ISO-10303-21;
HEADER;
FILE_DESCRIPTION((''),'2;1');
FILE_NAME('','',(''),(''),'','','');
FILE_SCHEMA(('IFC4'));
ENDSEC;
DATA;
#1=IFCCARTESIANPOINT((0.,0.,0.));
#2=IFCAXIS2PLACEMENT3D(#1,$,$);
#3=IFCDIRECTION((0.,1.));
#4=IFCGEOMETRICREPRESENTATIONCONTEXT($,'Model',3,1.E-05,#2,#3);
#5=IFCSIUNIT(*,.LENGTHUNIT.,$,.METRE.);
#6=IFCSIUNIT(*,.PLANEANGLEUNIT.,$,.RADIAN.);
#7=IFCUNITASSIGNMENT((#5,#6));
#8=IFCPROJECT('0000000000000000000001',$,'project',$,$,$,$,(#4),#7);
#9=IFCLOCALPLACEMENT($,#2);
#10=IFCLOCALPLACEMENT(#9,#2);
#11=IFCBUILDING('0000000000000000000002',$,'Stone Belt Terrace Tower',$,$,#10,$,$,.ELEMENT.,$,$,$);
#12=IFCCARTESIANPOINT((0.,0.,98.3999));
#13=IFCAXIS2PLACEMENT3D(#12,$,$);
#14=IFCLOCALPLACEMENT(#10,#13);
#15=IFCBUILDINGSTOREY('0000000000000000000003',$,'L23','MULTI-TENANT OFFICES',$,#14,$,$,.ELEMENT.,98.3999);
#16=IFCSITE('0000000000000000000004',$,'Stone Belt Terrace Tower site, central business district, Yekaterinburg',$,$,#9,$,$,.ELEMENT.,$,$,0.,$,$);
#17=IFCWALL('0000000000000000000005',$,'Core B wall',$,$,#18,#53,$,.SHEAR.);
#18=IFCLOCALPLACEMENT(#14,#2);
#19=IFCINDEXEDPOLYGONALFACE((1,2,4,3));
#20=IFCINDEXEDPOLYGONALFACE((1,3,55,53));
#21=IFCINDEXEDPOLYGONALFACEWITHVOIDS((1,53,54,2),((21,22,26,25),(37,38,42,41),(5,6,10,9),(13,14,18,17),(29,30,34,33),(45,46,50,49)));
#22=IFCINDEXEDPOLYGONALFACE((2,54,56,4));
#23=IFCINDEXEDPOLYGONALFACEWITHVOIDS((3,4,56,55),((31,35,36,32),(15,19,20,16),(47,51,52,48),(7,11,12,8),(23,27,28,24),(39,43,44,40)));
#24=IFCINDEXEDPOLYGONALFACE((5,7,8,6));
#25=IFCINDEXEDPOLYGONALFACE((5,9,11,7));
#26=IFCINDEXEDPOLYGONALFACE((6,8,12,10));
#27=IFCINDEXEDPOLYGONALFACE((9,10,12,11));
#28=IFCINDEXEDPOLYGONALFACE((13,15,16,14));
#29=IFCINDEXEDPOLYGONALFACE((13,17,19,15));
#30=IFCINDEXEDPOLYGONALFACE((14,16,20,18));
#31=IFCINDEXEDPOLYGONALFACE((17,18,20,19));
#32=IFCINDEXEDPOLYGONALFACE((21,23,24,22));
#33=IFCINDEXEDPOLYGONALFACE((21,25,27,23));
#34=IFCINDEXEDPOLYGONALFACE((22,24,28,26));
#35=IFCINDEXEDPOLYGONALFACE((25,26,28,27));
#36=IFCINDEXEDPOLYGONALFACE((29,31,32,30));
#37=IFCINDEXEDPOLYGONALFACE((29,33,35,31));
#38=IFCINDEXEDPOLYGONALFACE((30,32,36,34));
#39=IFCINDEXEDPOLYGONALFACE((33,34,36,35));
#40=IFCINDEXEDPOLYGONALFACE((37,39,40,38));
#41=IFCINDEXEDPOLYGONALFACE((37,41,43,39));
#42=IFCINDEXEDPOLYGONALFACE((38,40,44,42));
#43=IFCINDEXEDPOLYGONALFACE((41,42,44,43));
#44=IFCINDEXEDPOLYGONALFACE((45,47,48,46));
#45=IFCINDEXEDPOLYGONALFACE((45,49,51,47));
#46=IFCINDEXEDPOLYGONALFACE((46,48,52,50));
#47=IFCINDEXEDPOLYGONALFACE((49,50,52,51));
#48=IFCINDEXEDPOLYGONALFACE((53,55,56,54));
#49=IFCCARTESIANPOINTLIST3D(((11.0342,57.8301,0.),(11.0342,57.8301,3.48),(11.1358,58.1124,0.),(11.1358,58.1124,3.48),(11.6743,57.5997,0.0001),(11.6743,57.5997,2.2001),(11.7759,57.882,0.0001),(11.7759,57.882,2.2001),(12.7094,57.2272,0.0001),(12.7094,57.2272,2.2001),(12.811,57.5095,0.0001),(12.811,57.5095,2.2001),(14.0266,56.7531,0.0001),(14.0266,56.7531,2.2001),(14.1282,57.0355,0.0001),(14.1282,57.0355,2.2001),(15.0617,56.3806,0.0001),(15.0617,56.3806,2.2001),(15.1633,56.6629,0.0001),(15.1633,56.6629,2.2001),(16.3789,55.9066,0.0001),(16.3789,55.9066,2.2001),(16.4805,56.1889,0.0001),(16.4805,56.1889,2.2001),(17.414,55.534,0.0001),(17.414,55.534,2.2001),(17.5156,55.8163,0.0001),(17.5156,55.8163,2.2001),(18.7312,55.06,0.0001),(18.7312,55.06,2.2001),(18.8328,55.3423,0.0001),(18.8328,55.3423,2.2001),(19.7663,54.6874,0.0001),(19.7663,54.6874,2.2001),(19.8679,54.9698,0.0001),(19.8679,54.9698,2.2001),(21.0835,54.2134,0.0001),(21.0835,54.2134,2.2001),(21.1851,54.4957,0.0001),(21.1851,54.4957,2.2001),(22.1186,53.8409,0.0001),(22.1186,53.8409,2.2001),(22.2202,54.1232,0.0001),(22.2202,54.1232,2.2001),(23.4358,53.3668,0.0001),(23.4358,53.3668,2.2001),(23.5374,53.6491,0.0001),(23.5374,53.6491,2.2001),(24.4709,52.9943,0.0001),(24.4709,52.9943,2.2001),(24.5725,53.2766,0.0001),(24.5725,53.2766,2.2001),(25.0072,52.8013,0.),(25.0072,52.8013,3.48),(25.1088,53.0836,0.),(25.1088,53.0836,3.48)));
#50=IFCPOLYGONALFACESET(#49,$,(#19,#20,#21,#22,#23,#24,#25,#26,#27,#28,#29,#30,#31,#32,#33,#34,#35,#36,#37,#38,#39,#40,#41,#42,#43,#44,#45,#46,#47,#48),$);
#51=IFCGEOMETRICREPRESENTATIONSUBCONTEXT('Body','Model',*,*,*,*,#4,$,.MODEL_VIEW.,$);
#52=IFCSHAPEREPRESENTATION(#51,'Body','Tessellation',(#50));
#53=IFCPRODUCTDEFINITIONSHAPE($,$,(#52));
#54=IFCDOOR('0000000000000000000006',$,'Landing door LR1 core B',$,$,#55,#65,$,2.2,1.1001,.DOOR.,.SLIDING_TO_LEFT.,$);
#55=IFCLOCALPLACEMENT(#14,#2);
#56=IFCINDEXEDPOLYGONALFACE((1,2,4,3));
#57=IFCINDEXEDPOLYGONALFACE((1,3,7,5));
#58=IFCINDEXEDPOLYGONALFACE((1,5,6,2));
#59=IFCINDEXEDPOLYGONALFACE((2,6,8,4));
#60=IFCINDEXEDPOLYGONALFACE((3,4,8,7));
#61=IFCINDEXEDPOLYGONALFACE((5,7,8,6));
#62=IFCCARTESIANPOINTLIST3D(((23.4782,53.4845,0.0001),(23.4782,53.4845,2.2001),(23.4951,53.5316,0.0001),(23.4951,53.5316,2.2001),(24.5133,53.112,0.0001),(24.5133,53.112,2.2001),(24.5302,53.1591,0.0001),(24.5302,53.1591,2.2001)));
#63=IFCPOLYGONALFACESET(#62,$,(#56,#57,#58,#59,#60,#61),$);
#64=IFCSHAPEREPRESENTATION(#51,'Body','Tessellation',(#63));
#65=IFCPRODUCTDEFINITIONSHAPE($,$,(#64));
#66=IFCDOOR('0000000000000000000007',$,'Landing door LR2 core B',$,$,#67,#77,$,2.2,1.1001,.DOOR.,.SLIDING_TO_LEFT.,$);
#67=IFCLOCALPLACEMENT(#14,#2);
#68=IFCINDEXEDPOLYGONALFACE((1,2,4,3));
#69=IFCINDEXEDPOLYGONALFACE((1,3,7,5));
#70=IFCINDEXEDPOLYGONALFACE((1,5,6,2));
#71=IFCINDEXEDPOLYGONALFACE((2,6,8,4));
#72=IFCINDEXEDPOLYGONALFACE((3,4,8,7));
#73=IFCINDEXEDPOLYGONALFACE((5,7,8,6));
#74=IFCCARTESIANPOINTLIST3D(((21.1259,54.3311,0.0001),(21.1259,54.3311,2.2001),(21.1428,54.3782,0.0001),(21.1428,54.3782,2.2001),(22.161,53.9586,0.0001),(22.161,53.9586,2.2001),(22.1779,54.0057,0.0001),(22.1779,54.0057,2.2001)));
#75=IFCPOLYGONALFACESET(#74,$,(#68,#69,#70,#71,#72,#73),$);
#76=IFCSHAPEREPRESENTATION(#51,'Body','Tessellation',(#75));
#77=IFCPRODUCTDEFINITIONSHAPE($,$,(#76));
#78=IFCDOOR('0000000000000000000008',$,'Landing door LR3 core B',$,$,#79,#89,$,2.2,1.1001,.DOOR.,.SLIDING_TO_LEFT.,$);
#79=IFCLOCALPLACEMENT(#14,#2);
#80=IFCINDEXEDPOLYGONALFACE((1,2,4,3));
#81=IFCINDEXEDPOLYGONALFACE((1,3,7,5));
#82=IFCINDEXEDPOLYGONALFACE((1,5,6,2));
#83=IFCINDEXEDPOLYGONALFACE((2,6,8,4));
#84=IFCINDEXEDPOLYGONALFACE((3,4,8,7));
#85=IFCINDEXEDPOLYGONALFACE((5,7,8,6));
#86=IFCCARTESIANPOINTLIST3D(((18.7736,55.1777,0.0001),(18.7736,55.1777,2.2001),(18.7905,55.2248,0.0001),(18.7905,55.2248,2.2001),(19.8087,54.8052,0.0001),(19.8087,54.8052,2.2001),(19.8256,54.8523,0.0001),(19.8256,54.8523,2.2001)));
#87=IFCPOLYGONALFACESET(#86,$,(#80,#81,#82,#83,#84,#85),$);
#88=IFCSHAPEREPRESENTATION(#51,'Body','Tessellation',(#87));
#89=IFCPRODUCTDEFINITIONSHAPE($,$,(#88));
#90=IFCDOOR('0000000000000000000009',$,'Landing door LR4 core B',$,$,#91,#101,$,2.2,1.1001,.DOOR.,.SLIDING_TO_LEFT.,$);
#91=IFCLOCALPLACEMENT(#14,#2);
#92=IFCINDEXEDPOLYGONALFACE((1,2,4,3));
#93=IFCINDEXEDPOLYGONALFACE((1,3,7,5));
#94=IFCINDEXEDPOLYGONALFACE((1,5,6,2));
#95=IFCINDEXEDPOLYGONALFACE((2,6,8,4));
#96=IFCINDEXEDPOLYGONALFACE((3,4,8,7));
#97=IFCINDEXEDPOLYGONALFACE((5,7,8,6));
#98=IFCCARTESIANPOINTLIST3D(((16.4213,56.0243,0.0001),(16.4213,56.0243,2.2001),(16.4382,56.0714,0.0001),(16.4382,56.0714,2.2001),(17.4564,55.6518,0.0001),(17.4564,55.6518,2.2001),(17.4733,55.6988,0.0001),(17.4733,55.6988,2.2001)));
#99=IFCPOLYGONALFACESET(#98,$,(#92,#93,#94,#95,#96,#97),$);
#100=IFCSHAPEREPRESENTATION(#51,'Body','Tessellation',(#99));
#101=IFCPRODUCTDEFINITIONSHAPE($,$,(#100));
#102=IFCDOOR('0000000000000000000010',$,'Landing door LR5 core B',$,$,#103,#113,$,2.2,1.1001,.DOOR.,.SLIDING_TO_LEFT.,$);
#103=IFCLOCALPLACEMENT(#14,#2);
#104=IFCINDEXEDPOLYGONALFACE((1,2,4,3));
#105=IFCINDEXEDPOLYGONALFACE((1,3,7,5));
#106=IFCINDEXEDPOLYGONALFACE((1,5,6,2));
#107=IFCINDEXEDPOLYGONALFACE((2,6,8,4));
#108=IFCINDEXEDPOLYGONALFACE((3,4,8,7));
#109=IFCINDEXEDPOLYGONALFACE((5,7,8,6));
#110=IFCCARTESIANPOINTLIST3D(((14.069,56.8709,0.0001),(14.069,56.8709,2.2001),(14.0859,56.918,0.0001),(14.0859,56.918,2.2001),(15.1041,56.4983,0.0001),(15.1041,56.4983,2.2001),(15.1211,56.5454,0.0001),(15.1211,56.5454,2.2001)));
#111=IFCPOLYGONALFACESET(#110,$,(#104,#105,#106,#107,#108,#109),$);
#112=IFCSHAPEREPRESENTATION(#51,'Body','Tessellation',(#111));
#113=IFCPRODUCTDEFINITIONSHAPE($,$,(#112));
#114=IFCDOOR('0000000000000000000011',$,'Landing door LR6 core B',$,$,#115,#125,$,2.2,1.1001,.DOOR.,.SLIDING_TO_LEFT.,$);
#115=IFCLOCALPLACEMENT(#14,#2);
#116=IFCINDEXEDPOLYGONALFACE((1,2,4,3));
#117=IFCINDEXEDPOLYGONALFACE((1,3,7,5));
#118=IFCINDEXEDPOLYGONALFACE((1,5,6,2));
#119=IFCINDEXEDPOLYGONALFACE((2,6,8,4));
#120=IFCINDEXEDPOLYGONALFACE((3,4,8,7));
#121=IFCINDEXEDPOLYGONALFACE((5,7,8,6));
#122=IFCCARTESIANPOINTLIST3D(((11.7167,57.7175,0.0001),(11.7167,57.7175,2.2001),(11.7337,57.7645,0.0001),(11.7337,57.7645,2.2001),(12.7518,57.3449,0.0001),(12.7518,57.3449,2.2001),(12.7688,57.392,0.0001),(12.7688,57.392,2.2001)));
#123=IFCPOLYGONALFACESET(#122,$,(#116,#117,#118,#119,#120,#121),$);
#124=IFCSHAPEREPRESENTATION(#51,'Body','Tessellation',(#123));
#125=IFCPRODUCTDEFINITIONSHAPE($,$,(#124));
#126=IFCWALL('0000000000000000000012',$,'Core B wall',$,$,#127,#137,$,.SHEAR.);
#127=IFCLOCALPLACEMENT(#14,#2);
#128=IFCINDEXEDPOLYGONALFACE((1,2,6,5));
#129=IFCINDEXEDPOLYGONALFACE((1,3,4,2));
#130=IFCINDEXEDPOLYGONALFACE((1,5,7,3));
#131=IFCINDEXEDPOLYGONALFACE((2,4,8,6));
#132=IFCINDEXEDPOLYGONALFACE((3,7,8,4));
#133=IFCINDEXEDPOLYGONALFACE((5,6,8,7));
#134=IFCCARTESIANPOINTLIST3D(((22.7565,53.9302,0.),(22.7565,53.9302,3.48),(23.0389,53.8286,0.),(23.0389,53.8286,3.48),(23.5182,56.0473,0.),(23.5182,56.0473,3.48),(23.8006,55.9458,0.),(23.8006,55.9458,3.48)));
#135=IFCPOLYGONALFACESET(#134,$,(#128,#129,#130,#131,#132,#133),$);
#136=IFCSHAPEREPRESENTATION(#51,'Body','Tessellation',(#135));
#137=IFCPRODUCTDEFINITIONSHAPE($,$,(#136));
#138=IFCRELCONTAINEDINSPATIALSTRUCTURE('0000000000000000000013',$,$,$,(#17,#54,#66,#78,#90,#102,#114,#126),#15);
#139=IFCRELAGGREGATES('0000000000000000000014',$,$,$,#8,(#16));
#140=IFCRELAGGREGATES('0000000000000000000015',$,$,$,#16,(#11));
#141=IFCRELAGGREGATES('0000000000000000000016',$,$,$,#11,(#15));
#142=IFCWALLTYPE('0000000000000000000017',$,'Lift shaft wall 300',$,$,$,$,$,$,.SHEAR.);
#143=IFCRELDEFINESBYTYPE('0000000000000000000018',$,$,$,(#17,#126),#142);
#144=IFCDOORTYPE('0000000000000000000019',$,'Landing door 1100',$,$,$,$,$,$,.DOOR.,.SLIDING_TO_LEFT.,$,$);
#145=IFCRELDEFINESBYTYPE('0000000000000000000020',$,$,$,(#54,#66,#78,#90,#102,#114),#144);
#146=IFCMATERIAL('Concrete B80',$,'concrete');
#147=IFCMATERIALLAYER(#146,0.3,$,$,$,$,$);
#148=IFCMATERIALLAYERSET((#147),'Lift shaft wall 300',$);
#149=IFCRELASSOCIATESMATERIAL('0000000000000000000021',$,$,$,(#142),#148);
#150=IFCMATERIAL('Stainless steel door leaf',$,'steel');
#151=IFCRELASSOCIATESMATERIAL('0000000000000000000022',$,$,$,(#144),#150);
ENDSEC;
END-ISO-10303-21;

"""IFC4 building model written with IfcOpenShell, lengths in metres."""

from ifc_helpers import new_model, si_unit, direction, frame, frame_2d, origin, place, context, subcontext, project, spatial, rectangle, extrude, material, layer, layer_set, type_object, element, fill, save


model = new_model("IFC4")

# Units and contexts
model_context = context("Model", 3, precision=1e-05, world=origin(), true_north=direction((0.0, 1.0)))
body_context = subcontext(model_context, "Body", "Model", "MODEL_VIEW")
ifc_project = project(units=[si_unit("LENGTHUNIT", "METRE"), si_unit("PLANEANGLEUNIT", "RADIAN")], contexts=[model_context])

# Site, building, storey
site_placement = place(None, origin())
site = spatial("IfcSite", under=ifc_project, at=site_placement, Name="Stone Belt Terrace Tower site, central business district, Yekaterinburg", CompositionType="ELEMENT", RefElevation=0.0)
building_placement = place(site_placement, origin())
building = spatial("IfcBuilding", under=site, at=building_placement, Name="Stone Belt Terrace Tower", CompositionType="ELEMENT")
storey_placement = place(building_placement, frame((0.0, 0.0, 98.3999)))
storey = spatial("IfcBuildingStorey", under=building, at=storey_placement, Name="L23", Description="MULTI-TENANT OFFICES", CompositionType="ELEMENT", Elevation=98.3999)

# Shared definitions
ifc_material_1 = material(Name="Concrete B80", Category="concrete")

# Shared definitions
ifc_layer_1 = layer(ifc_material_1, 0.3)
ifc_layer_set_1 = layer_set([ifc_layer_1], Name="Lift shaft wall 300")
wall_type_1 = type_object("IfcWallType", Name="Lift shaft wall 300", PredefinedType="SHEAR", material=ifc_layer_set_1)
ifc_material_2 = material(Name="Stainless steel door leaf", Category="steel")

# Wall, openings, doors
wall_1_placement = place(storey_placement, frame((25.0581, 52.9424, 0.0), z_axis=(0.0, 0.0, 1.0), x_axis=(-0.940918, 0.338634, 0.0)))
wall_1 = element("IfcWall", 1, at=wall_1_placement, inside=storey, type_object=wall_type_1, Name="Core B wall", PredefinedType="SHEAR", context=body_context, shape_type="SweptSolid", body=[
    extrude(rectangle(XDim=14.8503, YDim=0.3, at=frame_2d((7.4253, 0.0))), origin(), (0.0, 0.0, 1.0), 3.48),
])
opening_1_placement = place(wall_1_placement, frame((0.5701, 0.0, 0.0)))
opening_1 = element("IfcOpeningElement", 2, at=opening_1_placement, cuts=wall_1, PredefinedType="OPENING", context=body_context, shape_type="SweptSolid", body=[
    extrude(rectangle(XDim=1.1001, YDim=2.2, at=frame_2d((0.55, 1.1001))), frame((0.0, 0.1599, 0.0), z_axis=(0.0, -1.0, 0.0), x_axis=(1.0, 0.0, 0.0)), (0.0, 0.0, 1.0), 0.3201),
])
opening_2_placement = place(wall_1_placement, frame((3.0701, 0.0, 0.0)))
opening_2 = element("IfcOpeningElement", 3, at=opening_2_placement, cuts=wall_1, PredefinedType="OPENING", context=body_context, shape_type="SweptSolid", body=[
    extrude(rectangle(XDim=1.1001, YDim=2.2, at=frame_2d((0.55, 1.1001))), frame((0.0, 0.1599, 0.0), z_axis=(0.0, -1.0, 0.0), x_axis=(1.0, 0.0, 0.0)), (0.0, 0.0, 1.0), 0.3201),
])
opening_3_placement = place(wall_1_placement, frame((5.5701, 0.0, 0.0)))
opening_3 = element("IfcOpeningElement", 4, at=opening_3_placement, cuts=wall_1, PredefinedType="OPENING", context=body_context, shape_type="SweptSolid", body=[
    extrude(rectangle(XDim=1.1001, YDim=2.2, at=frame_2d((0.55, 1.1001))), frame((0.0, 0.1599, 0.0), z_axis=(0.0, -1.0, 0.0), x_axis=(1.0, 0.0, 0.0)), (0.0, 0.0, 1.0), 0.3201),
])
opening_4_placement = place(wall_1_placement, frame((8.0701, 0.0, 0.0)))
opening_4 = element("IfcOpeningElement", 5, at=opening_4_placement, cuts=wall_1, PredefinedType="OPENING", context=body_context, shape_type="SweptSolid", body=[
    extrude(rectangle(XDim=1.1001, YDim=2.2, at=frame_2d((0.55, 1.1001))), frame((0.0, 0.1599, 0.0), z_axis=(0.0, -1.0, 0.0), x_axis=(1.0, 0.0, 0.0)), (0.0, 0.0, 1.0), 0.3201),
])
opening_5_placement = place(wall_1_placement, frame((10.5701, 0.0, 0.0)))
opening_5 = element("IfcOpeningElement", 6, at=opening_5_placement, cuts=wall_1, PredefinedType="OPENING", context=body_context, shape_type="SweptSolid", body=[
    extrude(rectangle(XDim=1.1001, YDim=2.2, at=frame_2d((0.55, 1.1001))), frame((0.0, 0.1599, 0.0), z_axis=(0.0, -1.0, 0.0), x_axis=(1.0, 0.0, 0.0)), (0.0, 0.0, 1.0), 0.3201),
])
opening_6_placement = place(wall_1_placement, frame((13.0701, 0.0, 0.0)))
opening_6 = element("IfcOpeningElement", 7, at=opening_6_placement, cuts=wall_1, PredefinedType="OPENING", context=body_context, shape_type="SweptSolid", body=[
    extrude(rectangle(XDim=1.1001, YDim=2.2, at=frame_2d((0.55, 1.1001))), frame((0.0, 0.1599, 0.0), z_axis=(0.0, -1.0, 0.0), x_axis=(1.0, 0.0, 0.0)), (0.0, 0.0, 1.0), 0.3201),
])
door_type_1 = type_object("IfcDoorType", Name="Landing door 1100", OperationType="SLIDING_TO_LEFT", PredefinedType="DOOR", material=ifc_material_2)
door_1_placement = place(opening_1_placement, origin())
door_1 = element("IfcDoor", 8, at=door_1_placement, inside=storey, type_object=door_type_1, Name="Landing door LR1 core B", OperationType="SLIDING_TO_LEFT", OverallHeight=2.2, OverallWidth=1.1001, PredefinedType="DOOR", context=body_context, shape_type="SweptSolid", body=[
    extrude(rectangle(XDim=1.1001, YDim=2.2, at=frame_2d((0.55, 1.1001))), frame((0.0, 0.0249, 0.0), z_axis=(0.0, -1.0, 0.0), x_axis=(1.0, 0.0, 0.0)), (0.0, 0.0, 1.0), 0.05),
])
fill(opening_1, door_1)
door_2_placement = place(opening_2_placement, origin())
door_2 = element("IfcDoor", 9, at=door_2_placement, inside=storey, type_object=door_type_1, Name="Landing door LR2 core B", OperationType="SLIDING_TO_LEFT", OverallHeight=2.2, OverallWidth=1.1001, PredefinedType="DOOR", context=body_context, shape_type="SweptSolid", body=[
    extrude(rectangle(XDim=1.1001, YDim=2.2, at=frame_2d((0.55, 1.1001))), frame((0.0, 0.0249, 0.0), z_axis=(0.0, -1.0, 0.0), x_axis=(1.0, 0.0, 0.0)), (0.0, 0.0, 1.0), 0.05),
])
fill(opening_2, door_2)
door_3_placement = place(opening_3_placement, origin())
door_3 = element("IfcDoor", 10, at=door_3_placement, inside=storey, type_object=door_type_1, Name="Landing door LR3 core B", OperationType="SLIDING_TO_LEFT", OverallHeight=2.2, OverallWidth=1.1001, PredefinedType="DOOR", context=body_context, shape_type="SweptSolid", body=[
    extrude(rectangle(XDim=1.1001, YDim=2.2, at=frame_2d((0.55, 1.1001))), frame((0.0, 0.0249, 0.0), z_axis=(0.0, -1.0, 0.0), x_axis=(1.0, 0.0, 0.0)), (0.0, 0.0, 1.0), 0.05),
])
fill(opening_3, door_3)
door_4_placement = place(opening_4_placement, origin())
door_4 = element("IfcDoor", 11, at=door_4_placement, inside=storey, type_object=door_type_1, Name="Landing door LR4 core B", OperationType="SLIDING_TO_LEFT", OverallHeight=2.2, OverallWidth=1.1001, PredefinedType="DOOR", context=body_context, shape_type="SweptSolid", body=[
    extrude(rectangle(XDim=1.1001, YDim=2.2, at=frame_2d((0.55, 1.1001))), frame((0.0, 0.0249, 0.0), z_axis=(0.0, -1.0, 0.0), x_axis=(1.0, 0.0, 0.0)), (0.0, 0.0, 1.0), 0.05),
])
fill(opening_4, door_4)
door_5_placement = place(opening_5_placement, origin())
door_5 = element("IfcDoor", 12, at=door_5_placement, inside=storey, type_object=door_type_1, Name="Landing door LR5 core B", OperationType="SLIDING_TO_LEFT", OverallHeight=2.2, OverallWidth=1.1001, PredefinedType="DOOR", context=body_context, shape_type="SweptSolid", body=[
    extrude(rectangle(XDim=1.1001, YDim=2.2, at=frame_2d((0.55, 1.1001))), frame((0.0, 0.0249, 0.0), z_axis=(0.0, -1.0, 0.0), x_axis=(1.0, 0.0, 0.0)), (0.0, 0.0, 1.0), 0.05),
])
fill(opening_5, door_5)
door_6_placement = place(opening_6_placement, origin())
door_6 = element("IfcDoor", 13, at=door_6_placement, inside=storey, type_object=door_type_1, Name="Landing door LR6 core B", OperationType="SLIDING_TO_LEFT", OverallHeight=2.2, OverallWidth=1.1001, PredefinedType="DOOR", context=body_context, shape_type="SweptSolid", body=[
    extrude(rectangle(XDim=1.1001, YDim=2.2, at=frame_2d((0.55, 1.1001))), frame((0.0, 0.0249, 0.0), z_axis=(0.0, -1.0, 0.0), x_axis=(1.0, 0.0, 0.0)), (0.0, 0.0, 1.0), 0.05),
])
fill(opening_6, door_6)

# Wall
wall_2_placement = place(storey_placement, frame((22.8977, 53.8794, 0.0), z_axis=(0.0, 0.0, 1.0), x_axis=(0.338535, 0.940954, 0.0)))
element("IfcWall", 14, at=wall_2_placement, inside=storey, type_object=wall_type_1, Name="Core B wall", PredefinedType="SHEAR", context=body_context, shape_type="SweptSolid", body=[
    extrude(rectangle(XDim=2.25, YDim=0.3, at=frame_2d((1.125, 0.0))), origin(), (0.0, 0.0, 1.0), 3.48),
])

save(model, "model.ifc")
